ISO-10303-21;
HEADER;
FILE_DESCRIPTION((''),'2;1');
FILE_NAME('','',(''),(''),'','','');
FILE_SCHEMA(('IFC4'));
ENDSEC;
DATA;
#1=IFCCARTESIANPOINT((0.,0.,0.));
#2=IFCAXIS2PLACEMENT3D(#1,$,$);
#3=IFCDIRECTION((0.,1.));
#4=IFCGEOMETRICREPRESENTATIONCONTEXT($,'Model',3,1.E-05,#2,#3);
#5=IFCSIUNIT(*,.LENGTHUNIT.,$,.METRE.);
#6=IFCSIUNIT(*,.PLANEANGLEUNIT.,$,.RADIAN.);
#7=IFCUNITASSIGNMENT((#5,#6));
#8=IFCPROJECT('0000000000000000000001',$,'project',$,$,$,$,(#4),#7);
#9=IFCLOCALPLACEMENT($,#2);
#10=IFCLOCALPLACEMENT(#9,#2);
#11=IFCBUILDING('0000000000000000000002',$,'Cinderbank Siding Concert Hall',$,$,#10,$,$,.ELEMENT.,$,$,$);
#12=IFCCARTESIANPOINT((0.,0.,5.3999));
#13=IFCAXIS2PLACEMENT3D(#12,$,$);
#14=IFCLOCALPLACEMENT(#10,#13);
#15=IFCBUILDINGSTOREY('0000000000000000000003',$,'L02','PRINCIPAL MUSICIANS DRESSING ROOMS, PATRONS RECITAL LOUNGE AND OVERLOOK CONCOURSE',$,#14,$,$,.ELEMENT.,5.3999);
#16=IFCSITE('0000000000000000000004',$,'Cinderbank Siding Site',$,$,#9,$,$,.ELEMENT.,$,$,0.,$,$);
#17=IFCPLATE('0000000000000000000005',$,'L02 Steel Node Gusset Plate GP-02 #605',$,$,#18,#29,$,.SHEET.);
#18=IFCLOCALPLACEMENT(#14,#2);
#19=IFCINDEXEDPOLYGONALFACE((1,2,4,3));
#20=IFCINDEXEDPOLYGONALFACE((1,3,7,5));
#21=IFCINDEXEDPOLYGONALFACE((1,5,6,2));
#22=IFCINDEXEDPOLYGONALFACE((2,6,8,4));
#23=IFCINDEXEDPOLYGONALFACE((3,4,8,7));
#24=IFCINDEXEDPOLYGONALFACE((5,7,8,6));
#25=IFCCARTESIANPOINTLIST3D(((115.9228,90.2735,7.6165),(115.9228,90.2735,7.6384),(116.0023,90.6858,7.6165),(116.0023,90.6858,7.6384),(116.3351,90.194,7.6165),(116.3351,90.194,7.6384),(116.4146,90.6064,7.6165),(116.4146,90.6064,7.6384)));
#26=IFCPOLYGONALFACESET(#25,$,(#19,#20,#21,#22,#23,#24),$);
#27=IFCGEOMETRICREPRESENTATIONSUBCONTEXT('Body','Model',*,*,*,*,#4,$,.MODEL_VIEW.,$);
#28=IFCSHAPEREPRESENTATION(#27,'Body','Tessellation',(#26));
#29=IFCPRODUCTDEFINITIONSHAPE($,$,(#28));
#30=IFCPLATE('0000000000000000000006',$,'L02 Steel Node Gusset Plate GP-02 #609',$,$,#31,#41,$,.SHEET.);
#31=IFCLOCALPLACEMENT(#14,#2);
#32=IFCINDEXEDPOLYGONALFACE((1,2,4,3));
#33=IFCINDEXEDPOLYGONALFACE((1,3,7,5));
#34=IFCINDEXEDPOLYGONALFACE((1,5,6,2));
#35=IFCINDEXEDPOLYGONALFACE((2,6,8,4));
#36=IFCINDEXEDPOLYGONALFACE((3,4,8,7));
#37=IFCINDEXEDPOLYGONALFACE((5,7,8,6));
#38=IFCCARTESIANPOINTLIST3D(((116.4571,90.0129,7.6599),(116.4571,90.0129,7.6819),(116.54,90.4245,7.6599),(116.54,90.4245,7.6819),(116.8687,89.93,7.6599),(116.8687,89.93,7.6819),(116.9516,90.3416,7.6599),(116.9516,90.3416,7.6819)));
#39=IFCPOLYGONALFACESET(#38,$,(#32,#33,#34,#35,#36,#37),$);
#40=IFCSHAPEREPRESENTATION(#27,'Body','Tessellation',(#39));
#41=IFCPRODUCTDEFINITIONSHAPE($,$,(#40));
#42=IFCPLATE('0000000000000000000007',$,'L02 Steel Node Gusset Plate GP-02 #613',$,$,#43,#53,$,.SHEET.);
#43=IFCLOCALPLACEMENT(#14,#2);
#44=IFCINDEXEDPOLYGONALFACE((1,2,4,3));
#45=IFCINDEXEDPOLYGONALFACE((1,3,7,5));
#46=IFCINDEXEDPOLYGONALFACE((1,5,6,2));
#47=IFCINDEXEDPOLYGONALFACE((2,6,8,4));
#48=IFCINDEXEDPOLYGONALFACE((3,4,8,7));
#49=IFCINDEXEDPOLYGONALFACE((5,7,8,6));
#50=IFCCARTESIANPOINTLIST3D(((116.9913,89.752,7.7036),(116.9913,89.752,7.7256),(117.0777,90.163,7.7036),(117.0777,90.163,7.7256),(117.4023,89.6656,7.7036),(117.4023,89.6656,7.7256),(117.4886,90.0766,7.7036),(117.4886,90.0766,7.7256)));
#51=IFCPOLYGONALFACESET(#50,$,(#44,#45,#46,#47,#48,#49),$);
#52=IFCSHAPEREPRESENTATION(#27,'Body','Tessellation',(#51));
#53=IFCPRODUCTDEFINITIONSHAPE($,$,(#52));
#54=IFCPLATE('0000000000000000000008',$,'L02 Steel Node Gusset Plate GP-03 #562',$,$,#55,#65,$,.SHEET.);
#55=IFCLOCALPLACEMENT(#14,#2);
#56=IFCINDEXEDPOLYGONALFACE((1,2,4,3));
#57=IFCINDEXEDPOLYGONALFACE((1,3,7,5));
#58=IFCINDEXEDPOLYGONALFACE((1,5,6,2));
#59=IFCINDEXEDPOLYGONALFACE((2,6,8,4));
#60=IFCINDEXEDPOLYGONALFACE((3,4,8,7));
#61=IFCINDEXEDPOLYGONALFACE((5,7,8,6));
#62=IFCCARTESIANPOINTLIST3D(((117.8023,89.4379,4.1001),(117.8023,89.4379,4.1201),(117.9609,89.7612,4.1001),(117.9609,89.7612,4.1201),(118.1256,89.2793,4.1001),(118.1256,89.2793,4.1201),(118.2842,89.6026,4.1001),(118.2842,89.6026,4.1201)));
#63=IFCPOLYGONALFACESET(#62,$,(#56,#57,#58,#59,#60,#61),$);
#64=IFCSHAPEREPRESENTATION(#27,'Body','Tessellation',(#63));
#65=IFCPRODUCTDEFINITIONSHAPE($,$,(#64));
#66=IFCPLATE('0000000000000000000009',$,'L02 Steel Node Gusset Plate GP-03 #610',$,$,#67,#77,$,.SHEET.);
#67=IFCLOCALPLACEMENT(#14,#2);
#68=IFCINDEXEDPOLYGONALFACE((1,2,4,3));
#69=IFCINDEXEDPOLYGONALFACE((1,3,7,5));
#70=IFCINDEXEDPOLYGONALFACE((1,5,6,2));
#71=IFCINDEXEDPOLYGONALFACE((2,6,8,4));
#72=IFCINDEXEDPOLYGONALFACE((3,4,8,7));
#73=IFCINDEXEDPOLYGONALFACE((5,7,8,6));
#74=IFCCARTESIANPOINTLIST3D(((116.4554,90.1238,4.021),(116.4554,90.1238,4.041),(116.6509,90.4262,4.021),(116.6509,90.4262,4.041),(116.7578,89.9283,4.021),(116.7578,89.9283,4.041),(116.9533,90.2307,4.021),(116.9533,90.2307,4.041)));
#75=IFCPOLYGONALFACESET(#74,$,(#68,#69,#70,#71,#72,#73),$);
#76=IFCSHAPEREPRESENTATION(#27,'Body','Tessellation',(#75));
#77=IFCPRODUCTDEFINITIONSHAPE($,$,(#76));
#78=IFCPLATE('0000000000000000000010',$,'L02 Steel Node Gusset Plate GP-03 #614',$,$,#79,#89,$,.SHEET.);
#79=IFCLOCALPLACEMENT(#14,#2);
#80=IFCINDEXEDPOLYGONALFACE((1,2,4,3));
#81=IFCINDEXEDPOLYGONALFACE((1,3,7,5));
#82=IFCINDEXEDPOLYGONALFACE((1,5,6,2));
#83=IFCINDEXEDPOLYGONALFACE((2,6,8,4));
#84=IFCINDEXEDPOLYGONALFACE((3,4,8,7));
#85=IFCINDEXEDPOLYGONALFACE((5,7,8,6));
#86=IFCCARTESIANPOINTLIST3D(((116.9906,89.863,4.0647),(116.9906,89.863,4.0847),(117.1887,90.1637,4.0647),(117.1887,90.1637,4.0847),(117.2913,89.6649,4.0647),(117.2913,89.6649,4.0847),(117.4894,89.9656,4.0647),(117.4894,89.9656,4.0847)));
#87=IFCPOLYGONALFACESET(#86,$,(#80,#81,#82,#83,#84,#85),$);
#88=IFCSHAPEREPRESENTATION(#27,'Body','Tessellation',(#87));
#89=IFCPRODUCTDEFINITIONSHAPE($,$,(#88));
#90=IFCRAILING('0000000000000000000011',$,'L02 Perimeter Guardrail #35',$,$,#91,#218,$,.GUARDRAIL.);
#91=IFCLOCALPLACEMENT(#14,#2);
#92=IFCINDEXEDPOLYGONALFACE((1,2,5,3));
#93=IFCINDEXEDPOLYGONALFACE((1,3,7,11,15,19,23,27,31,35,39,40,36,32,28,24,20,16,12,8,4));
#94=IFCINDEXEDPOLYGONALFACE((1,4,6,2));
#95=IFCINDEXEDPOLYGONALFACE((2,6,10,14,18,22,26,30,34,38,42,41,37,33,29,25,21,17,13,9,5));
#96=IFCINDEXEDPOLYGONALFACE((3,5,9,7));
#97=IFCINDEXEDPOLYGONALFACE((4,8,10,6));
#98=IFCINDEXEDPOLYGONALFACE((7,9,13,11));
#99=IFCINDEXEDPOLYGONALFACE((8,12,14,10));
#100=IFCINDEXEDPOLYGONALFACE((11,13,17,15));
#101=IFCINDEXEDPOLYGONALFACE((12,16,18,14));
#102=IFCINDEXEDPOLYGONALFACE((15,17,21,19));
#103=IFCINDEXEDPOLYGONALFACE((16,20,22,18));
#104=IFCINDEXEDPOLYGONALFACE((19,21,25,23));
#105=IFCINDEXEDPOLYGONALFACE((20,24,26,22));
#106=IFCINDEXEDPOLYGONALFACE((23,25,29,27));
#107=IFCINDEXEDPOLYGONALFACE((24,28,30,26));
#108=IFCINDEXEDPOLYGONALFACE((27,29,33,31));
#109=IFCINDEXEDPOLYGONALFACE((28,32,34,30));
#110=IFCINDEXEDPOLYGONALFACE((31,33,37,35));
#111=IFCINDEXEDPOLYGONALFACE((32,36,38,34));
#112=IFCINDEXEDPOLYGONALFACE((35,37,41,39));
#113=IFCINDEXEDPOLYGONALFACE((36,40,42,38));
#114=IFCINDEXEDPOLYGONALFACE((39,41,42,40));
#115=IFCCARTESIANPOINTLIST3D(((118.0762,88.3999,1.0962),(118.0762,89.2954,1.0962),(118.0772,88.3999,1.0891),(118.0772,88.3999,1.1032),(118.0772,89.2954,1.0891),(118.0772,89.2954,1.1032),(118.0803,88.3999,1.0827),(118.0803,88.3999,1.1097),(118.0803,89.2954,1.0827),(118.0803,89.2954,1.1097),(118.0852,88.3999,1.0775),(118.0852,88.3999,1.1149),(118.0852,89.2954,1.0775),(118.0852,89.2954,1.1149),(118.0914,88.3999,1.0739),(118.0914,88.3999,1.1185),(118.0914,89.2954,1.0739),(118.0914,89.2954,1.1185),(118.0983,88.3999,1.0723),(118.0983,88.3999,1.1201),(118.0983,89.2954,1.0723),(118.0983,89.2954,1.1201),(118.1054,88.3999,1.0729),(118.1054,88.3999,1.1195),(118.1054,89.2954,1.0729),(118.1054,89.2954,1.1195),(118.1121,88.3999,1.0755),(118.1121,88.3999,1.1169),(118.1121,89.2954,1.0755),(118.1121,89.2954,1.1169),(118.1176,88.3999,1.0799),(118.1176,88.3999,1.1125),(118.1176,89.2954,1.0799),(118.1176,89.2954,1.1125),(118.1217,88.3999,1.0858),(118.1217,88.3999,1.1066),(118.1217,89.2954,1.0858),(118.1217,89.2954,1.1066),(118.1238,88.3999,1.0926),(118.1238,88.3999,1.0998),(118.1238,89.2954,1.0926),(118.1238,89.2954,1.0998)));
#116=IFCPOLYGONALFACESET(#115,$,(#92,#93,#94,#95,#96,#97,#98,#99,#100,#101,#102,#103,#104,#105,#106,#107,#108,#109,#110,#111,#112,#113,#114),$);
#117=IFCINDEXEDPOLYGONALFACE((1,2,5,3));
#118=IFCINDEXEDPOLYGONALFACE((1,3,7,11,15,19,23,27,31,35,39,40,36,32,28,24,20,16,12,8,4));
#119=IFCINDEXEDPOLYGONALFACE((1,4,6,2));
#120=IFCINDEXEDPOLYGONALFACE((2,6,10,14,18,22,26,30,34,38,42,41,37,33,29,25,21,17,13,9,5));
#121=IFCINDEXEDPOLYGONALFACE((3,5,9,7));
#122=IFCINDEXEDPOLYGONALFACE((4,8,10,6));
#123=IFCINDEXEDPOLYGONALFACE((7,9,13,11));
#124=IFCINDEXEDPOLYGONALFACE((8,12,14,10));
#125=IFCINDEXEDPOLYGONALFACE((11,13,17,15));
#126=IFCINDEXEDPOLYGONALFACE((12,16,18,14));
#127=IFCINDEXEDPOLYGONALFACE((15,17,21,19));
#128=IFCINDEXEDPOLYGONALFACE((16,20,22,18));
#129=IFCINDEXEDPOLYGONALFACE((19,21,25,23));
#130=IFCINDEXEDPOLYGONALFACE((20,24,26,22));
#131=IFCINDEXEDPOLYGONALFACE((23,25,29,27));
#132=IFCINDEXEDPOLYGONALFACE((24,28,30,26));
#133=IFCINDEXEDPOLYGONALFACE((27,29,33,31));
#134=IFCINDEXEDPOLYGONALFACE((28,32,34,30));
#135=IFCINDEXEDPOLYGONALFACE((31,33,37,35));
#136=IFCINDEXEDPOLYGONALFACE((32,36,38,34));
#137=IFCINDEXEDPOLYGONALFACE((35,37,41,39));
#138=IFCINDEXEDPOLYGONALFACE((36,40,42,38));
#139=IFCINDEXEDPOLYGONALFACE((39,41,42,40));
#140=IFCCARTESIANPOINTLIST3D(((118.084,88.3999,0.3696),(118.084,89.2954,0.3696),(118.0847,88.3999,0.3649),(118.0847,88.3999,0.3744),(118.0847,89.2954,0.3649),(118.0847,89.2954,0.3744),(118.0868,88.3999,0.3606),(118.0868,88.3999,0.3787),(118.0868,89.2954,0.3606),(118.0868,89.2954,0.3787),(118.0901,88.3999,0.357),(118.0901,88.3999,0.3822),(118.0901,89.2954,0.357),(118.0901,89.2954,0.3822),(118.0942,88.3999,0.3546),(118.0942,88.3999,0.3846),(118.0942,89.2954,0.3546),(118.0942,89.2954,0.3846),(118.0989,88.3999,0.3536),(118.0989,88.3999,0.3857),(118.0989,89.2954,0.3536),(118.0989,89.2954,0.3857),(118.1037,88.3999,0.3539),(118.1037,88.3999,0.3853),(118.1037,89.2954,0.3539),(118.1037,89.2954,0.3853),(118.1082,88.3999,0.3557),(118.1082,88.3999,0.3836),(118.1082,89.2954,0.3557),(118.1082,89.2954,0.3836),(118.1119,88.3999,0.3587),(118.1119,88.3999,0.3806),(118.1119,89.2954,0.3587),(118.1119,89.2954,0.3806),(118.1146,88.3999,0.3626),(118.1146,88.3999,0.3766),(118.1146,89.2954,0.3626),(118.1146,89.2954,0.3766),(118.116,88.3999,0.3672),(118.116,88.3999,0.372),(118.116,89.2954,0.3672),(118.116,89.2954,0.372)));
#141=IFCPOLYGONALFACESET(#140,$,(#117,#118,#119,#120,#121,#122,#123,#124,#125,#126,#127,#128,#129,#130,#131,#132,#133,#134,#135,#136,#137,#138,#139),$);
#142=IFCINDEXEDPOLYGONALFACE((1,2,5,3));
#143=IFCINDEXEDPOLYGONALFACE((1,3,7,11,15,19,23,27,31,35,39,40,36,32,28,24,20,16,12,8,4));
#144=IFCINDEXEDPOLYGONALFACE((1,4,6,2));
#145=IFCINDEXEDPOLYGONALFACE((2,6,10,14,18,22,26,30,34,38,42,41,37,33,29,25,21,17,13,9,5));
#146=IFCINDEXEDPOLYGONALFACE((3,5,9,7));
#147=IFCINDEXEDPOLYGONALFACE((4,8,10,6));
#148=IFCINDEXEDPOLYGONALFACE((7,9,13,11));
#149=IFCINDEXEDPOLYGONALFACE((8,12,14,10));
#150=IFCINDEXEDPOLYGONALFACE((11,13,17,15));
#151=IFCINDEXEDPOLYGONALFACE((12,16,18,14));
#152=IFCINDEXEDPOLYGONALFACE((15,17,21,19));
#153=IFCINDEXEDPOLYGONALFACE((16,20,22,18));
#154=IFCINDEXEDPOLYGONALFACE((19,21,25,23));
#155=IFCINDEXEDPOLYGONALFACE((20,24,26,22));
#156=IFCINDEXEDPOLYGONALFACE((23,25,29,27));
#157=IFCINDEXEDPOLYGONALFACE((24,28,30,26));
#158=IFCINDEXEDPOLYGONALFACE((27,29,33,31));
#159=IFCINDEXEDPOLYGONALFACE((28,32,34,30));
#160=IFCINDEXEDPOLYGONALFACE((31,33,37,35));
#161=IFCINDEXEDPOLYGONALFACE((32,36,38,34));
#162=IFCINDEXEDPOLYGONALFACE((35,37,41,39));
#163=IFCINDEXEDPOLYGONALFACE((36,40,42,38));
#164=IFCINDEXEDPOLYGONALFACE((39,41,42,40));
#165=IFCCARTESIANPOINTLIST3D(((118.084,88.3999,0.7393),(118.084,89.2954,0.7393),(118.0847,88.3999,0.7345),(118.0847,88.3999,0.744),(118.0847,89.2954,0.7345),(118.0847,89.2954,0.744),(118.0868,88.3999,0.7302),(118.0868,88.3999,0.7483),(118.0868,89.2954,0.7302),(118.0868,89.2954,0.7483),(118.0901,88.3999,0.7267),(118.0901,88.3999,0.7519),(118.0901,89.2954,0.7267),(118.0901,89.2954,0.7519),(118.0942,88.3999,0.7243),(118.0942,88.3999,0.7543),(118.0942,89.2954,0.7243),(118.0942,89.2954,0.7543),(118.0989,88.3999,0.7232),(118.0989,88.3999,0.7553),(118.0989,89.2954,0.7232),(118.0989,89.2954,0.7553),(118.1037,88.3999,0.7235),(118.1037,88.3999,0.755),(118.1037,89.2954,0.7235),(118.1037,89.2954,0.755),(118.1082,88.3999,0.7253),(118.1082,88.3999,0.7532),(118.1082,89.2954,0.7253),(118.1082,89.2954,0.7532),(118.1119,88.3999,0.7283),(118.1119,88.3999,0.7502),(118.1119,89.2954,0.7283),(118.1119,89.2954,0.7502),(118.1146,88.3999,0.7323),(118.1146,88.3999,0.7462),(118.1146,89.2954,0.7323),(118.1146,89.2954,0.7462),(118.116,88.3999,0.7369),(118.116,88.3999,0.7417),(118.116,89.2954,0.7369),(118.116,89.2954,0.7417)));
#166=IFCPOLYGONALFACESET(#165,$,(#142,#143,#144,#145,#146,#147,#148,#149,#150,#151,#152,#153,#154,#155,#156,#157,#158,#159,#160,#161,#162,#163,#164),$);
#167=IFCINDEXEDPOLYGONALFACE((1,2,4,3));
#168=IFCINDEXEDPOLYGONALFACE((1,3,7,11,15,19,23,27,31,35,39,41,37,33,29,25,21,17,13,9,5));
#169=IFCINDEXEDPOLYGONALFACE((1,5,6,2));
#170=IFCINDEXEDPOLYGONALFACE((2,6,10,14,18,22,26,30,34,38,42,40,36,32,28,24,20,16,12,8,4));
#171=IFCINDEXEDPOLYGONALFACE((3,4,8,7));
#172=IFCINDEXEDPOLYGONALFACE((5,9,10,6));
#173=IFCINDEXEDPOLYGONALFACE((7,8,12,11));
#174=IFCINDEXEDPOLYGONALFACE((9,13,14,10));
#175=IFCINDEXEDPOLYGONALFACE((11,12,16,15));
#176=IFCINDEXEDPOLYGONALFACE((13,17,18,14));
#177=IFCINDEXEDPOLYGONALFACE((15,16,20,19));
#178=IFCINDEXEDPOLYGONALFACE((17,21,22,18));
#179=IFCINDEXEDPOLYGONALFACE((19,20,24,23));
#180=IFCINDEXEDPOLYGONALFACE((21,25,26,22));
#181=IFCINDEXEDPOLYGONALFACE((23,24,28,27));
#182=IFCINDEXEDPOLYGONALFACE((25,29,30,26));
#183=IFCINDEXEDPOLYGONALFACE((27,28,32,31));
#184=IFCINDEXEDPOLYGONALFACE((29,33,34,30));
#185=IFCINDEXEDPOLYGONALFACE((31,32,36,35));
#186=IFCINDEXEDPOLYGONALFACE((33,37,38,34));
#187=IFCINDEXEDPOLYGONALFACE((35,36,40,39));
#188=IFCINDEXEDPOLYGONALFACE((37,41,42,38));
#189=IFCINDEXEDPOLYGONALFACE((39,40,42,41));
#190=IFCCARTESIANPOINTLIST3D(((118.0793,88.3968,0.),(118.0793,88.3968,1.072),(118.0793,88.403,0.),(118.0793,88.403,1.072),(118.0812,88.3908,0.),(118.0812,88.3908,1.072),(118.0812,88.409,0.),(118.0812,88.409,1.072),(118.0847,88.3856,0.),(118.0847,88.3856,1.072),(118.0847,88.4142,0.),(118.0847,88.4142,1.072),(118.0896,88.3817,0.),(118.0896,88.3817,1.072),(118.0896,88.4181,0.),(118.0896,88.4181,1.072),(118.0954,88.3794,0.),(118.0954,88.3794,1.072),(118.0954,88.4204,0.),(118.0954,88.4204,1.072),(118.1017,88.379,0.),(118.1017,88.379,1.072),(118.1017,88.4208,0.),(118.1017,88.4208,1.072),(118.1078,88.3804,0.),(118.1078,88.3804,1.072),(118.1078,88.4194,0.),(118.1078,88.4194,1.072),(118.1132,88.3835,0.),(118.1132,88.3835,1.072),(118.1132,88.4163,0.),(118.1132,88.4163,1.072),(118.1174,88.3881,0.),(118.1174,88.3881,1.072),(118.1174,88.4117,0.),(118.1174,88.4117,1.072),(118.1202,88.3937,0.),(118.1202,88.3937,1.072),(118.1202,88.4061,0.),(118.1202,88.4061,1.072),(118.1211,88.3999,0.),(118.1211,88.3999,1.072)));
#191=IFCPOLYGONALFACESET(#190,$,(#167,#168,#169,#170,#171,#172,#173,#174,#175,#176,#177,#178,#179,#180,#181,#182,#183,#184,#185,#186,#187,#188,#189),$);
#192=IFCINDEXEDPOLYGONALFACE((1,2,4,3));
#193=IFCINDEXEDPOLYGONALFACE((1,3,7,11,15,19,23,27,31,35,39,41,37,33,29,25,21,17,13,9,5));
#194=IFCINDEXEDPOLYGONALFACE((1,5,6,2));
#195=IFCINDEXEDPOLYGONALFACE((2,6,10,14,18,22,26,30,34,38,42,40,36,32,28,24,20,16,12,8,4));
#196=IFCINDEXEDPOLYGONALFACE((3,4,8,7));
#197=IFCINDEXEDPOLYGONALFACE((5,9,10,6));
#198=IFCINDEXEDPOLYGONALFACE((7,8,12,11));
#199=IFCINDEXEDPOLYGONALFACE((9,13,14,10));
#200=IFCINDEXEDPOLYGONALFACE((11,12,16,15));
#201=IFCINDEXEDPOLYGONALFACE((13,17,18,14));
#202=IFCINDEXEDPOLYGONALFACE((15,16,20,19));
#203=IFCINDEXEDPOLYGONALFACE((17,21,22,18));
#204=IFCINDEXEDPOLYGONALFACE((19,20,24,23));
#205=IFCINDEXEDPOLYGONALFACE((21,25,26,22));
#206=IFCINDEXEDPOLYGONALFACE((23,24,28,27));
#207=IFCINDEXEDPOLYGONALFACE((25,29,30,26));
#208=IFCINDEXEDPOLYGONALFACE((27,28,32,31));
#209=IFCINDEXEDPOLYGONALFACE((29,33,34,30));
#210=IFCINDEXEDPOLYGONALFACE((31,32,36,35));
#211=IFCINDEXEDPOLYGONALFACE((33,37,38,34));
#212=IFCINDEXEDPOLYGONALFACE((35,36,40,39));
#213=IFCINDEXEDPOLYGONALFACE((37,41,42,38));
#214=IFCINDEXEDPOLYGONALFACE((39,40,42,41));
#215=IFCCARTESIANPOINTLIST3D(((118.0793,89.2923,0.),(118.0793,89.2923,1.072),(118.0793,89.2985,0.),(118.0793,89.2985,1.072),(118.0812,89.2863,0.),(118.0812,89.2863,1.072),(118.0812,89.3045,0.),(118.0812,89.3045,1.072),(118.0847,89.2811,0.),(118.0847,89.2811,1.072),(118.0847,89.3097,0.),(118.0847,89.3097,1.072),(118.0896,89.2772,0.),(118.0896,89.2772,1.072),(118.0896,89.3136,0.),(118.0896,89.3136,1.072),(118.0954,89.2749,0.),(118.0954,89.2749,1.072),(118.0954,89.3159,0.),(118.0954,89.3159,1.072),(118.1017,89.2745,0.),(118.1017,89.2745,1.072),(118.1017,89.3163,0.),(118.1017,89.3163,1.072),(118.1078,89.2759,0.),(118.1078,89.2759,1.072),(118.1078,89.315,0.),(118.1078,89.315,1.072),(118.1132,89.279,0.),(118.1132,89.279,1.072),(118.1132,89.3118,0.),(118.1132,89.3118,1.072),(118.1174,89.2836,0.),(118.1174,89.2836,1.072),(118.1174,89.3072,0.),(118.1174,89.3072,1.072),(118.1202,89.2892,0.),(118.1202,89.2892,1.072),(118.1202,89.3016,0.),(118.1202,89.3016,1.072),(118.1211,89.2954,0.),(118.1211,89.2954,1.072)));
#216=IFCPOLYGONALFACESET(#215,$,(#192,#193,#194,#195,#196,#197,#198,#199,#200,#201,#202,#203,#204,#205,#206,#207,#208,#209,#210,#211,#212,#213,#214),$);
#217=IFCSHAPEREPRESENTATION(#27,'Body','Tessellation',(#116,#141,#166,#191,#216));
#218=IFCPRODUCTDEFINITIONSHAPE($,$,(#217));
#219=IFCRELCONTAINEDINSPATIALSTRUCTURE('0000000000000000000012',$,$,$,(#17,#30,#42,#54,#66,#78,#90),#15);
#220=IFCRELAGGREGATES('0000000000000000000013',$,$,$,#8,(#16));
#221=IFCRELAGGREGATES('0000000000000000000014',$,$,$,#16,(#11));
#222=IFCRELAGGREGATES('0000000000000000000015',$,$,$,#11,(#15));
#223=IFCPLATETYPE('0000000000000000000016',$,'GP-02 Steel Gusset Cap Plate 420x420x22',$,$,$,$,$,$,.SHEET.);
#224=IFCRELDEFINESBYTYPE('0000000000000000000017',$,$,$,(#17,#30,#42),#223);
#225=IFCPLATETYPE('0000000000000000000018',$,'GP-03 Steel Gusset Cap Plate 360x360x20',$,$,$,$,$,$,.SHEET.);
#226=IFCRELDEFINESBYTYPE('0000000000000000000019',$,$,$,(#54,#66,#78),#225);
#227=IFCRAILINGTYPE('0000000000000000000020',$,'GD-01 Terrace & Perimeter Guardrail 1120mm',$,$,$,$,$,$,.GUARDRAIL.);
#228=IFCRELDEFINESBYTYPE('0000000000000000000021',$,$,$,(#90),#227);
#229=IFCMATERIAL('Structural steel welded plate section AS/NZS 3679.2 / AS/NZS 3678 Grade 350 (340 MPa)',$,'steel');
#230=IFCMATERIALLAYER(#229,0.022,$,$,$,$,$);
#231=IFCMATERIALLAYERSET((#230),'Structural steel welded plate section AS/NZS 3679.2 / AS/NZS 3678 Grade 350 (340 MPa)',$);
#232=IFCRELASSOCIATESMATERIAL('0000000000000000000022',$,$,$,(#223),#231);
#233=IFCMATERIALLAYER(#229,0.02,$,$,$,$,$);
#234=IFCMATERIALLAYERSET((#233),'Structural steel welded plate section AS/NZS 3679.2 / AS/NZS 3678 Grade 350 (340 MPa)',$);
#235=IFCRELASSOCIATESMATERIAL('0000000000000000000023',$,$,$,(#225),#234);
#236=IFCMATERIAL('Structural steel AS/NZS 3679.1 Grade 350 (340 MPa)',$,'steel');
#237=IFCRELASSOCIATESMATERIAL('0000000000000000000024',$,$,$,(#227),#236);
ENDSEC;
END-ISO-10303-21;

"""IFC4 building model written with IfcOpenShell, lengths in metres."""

from ifc_helpers import new_model, si_unit, direction, frame, origin, origin_2d, place, context, subcontext, project, spatial, rectangle, circle, extrude, material, layer, layer_set, type_object, element, save


model = new_model("IFC4")

# Units and contexts
model_context = context("Model", 3, precision=1e-05, world=origin(), true_north=direction((0.0, 1.0)))
body_context = subcontext(model_context, "Body", "Model", "MODEL_VIEW")
ifc_project = project(units=[si_unit("LENGTHUNIT", "METRE"), si_unit("PLANEANGLEUNIT", "RADIAN")], contexts=[model_context])

# Site, building, storey
site_placement = place(None, origin())
site = spatial("IfcSite", under=ifc_project, at=site_placement, Name="Cinderbank Siding Site", CompositionType="ELEMENT", RefElevation=0.0)
building_placement = place(site_placement, origin())
building = spatial("IfcBuilding", under=site, at=building_placement, Name="Cinderbank Siding Concert Hall", CompositionType="ELEMENT")
storey_placement = place(building_placement, frame((0.0, 0.0, 5.3999)))
storey = spatial("IfcBuildingStorey", under=building, at=storey_placement, Name="L02", Description="PRINCIPAL MUSICIANS DRESSING ROOMS, PATRONS RECITAL LOUNGE AND OVERLOOK CONCOURSE", CompositionType="ELEMENT", Elevation=5.3999)

# Shared definitions
ifc_material_1 = material(Name="Structural steel AS/NZS 3679.1 Grade 350 (340 MPa)", Category="steel")

# Plates
ifc_material_2 = material(Name="Structural steel welded plate section AS/NZS 3679.2 / AS/NZS 3678 Grade 350 (340 MPa)", Category="steel")
ifc_layer_1 = layer(ifc_material_2, 0.022)
ifc_layer_set_1 = layer_set([ifc_layer_1], Name="Structural steel welded plate section AS/NZS 3679.2 / AS/NZS 3678 Grade 350 (340 MPa)")
plate_type_1 = type_object("IfcPlateType", Name="GP-02 Steel Gusset Cap Plate 420x420x22", PredefinedType="SHEET", material=ifc_layer_set_1)
for number, where, z_axis, x_axis, name in (
    (1, (116.1687, 90.4399, 7.6165), (0.0, 0.0, 1.0), (-0.189267, -0.981926, 0.0), "L02 Steel Node Gusset Plate GP-02 #605"),
    (2, (116.7043, 90.1772, 7.6599), (0.0, 0.0, 1.0), (-0.197486, -0.980306, 0.0), "L02 Steel Node Gusset Plate GP-02 #609"),
    (3, (117.24, 89.9143, 7.7036), (0.0, 0.0, 1.0), (-0.205692, -0.978617, 0.0), "L02 Steel Node Gusset Plate GP-02 #613"),
):
    element("IfcPlate", number, at=place(storey_placement, frame(where, z_axis=z_axis, x_axis=x_axis)), inside=storey, type_object=plate_type_1, Name=name, PredefinedType="SHEET", context=body_context, shape_type="SweptSolid", body=[
        extrude(rectangle(XDim=0.4199, YDim=0.4199, at=origin_2d()), origin(), (0.0, 0.0, 1.0), 0.022),
    ])
ifc_layer_2 = layer(ifc_material_2, 0.02)
ifc_layer_set_2 = layer_set([ifc_layer_2], Name="Structural steel welded plate section AS/NZS 3679.2 / AS/NZS 3678 Grade 350 (340 MPa)")
plate_type_2 = type_object("IfcPlateType", Name="GP-03 Steel Gusset Cap Plate 360x360x20", PredefinedType="SHEET", material=ifc_layer_set_2)
for number, where, z_axis, x_axis, name in (
    (4, (118.0432, 89.5203, 4.1001), (0.0, 0.0, 1.0), (0.897797, -0.440409, 0.0), "L02 Steel Node Gusset Plate GP-03 #562"),
    (5, (116.7043, 90.1772, 4.021), (0.0, 0.0, 1.0), (0.543028, 0.839715, 0.0), "L02 Steel Node Gusset Plate GP-03 #610"),
    (6, (117.24, 89.9143, 4.0647), (0.0, 0.0, 1.0), (0.550189, 0.83504, 0.0), "L02 Steel Node Gusset Plate GP-03 #614"),
):
    element("IfcPlate", number, at=place(storey_placement, frame(where, z_axis=z_axis, x_axis=x_axis)), inside=storey, type_object=plate_type_2, Name=name, PredefinedType="SHEET", context=body_context, shape_type="SweptSolid", body=[
        extrude(rectangle(XDim=0.3601, YDim=0.3601, at=origin_2d()), origin(), (0.0, 0.0, 1.0), 0.02),
    ])

# Railing
railing_type = type_object("IfcRailingType", Name="GD-01 Terrace & Perimeter Guardrail 1120mm", PredefinedType="GUARDRAIL", material=ifc_material_1)
railing_1_placement = place(storey_placement, frame((118.1001, 88.3999, 0.0)))
element("IfcRailing", 7, at=railing_1_placement, inside=storey, type_object=railing_type, Name="L02 Perimeter Guardrail #35", PredefinedType="GUARDRAIL", context=body_context, shape_type="SweptSolid", body=[
    extrude(circle(Radius=0.0239, at=origin_2d()), frame((0.0, 0.0, 1.0962), z_axis=(0.0, 1.0, 0.0), x_axis=(-1.0, 0.0, 0.0)), (0.0, 0.0, 1.0), 0.8955),
    extrude(circle(Radius=0.0161, at=origin_2d()), frame((0.0, 0.0, 0.3696), z_axis=(0.0, 1.0, 0.0), x_axis=(-1.0, 0.0, 0.0)), (0.0, 0.0, 1.0), 0.8955),
    extrude(circle(Radius=0.0161, at=origin_2d()), frame((0.0, 0.0, 0.7393), z_axis=(0.0, 1.0, 0.0), x_axis=(-1.0, 0.0, 0.0)), (0.0, 0.0, 1.0), 0.8955),
    extrude(circle(Radius=0.021, at=origin_2d()), origin(), (0.0, 0.0, 1.0), 1.072),
    extrude(circle(Radius=0.021, at=origin_2d()), frame((0.0, 0.8955, 0.0)), (0.0, 0.0, 1.0), 1.072),
])

save(model, "model.ifc")
